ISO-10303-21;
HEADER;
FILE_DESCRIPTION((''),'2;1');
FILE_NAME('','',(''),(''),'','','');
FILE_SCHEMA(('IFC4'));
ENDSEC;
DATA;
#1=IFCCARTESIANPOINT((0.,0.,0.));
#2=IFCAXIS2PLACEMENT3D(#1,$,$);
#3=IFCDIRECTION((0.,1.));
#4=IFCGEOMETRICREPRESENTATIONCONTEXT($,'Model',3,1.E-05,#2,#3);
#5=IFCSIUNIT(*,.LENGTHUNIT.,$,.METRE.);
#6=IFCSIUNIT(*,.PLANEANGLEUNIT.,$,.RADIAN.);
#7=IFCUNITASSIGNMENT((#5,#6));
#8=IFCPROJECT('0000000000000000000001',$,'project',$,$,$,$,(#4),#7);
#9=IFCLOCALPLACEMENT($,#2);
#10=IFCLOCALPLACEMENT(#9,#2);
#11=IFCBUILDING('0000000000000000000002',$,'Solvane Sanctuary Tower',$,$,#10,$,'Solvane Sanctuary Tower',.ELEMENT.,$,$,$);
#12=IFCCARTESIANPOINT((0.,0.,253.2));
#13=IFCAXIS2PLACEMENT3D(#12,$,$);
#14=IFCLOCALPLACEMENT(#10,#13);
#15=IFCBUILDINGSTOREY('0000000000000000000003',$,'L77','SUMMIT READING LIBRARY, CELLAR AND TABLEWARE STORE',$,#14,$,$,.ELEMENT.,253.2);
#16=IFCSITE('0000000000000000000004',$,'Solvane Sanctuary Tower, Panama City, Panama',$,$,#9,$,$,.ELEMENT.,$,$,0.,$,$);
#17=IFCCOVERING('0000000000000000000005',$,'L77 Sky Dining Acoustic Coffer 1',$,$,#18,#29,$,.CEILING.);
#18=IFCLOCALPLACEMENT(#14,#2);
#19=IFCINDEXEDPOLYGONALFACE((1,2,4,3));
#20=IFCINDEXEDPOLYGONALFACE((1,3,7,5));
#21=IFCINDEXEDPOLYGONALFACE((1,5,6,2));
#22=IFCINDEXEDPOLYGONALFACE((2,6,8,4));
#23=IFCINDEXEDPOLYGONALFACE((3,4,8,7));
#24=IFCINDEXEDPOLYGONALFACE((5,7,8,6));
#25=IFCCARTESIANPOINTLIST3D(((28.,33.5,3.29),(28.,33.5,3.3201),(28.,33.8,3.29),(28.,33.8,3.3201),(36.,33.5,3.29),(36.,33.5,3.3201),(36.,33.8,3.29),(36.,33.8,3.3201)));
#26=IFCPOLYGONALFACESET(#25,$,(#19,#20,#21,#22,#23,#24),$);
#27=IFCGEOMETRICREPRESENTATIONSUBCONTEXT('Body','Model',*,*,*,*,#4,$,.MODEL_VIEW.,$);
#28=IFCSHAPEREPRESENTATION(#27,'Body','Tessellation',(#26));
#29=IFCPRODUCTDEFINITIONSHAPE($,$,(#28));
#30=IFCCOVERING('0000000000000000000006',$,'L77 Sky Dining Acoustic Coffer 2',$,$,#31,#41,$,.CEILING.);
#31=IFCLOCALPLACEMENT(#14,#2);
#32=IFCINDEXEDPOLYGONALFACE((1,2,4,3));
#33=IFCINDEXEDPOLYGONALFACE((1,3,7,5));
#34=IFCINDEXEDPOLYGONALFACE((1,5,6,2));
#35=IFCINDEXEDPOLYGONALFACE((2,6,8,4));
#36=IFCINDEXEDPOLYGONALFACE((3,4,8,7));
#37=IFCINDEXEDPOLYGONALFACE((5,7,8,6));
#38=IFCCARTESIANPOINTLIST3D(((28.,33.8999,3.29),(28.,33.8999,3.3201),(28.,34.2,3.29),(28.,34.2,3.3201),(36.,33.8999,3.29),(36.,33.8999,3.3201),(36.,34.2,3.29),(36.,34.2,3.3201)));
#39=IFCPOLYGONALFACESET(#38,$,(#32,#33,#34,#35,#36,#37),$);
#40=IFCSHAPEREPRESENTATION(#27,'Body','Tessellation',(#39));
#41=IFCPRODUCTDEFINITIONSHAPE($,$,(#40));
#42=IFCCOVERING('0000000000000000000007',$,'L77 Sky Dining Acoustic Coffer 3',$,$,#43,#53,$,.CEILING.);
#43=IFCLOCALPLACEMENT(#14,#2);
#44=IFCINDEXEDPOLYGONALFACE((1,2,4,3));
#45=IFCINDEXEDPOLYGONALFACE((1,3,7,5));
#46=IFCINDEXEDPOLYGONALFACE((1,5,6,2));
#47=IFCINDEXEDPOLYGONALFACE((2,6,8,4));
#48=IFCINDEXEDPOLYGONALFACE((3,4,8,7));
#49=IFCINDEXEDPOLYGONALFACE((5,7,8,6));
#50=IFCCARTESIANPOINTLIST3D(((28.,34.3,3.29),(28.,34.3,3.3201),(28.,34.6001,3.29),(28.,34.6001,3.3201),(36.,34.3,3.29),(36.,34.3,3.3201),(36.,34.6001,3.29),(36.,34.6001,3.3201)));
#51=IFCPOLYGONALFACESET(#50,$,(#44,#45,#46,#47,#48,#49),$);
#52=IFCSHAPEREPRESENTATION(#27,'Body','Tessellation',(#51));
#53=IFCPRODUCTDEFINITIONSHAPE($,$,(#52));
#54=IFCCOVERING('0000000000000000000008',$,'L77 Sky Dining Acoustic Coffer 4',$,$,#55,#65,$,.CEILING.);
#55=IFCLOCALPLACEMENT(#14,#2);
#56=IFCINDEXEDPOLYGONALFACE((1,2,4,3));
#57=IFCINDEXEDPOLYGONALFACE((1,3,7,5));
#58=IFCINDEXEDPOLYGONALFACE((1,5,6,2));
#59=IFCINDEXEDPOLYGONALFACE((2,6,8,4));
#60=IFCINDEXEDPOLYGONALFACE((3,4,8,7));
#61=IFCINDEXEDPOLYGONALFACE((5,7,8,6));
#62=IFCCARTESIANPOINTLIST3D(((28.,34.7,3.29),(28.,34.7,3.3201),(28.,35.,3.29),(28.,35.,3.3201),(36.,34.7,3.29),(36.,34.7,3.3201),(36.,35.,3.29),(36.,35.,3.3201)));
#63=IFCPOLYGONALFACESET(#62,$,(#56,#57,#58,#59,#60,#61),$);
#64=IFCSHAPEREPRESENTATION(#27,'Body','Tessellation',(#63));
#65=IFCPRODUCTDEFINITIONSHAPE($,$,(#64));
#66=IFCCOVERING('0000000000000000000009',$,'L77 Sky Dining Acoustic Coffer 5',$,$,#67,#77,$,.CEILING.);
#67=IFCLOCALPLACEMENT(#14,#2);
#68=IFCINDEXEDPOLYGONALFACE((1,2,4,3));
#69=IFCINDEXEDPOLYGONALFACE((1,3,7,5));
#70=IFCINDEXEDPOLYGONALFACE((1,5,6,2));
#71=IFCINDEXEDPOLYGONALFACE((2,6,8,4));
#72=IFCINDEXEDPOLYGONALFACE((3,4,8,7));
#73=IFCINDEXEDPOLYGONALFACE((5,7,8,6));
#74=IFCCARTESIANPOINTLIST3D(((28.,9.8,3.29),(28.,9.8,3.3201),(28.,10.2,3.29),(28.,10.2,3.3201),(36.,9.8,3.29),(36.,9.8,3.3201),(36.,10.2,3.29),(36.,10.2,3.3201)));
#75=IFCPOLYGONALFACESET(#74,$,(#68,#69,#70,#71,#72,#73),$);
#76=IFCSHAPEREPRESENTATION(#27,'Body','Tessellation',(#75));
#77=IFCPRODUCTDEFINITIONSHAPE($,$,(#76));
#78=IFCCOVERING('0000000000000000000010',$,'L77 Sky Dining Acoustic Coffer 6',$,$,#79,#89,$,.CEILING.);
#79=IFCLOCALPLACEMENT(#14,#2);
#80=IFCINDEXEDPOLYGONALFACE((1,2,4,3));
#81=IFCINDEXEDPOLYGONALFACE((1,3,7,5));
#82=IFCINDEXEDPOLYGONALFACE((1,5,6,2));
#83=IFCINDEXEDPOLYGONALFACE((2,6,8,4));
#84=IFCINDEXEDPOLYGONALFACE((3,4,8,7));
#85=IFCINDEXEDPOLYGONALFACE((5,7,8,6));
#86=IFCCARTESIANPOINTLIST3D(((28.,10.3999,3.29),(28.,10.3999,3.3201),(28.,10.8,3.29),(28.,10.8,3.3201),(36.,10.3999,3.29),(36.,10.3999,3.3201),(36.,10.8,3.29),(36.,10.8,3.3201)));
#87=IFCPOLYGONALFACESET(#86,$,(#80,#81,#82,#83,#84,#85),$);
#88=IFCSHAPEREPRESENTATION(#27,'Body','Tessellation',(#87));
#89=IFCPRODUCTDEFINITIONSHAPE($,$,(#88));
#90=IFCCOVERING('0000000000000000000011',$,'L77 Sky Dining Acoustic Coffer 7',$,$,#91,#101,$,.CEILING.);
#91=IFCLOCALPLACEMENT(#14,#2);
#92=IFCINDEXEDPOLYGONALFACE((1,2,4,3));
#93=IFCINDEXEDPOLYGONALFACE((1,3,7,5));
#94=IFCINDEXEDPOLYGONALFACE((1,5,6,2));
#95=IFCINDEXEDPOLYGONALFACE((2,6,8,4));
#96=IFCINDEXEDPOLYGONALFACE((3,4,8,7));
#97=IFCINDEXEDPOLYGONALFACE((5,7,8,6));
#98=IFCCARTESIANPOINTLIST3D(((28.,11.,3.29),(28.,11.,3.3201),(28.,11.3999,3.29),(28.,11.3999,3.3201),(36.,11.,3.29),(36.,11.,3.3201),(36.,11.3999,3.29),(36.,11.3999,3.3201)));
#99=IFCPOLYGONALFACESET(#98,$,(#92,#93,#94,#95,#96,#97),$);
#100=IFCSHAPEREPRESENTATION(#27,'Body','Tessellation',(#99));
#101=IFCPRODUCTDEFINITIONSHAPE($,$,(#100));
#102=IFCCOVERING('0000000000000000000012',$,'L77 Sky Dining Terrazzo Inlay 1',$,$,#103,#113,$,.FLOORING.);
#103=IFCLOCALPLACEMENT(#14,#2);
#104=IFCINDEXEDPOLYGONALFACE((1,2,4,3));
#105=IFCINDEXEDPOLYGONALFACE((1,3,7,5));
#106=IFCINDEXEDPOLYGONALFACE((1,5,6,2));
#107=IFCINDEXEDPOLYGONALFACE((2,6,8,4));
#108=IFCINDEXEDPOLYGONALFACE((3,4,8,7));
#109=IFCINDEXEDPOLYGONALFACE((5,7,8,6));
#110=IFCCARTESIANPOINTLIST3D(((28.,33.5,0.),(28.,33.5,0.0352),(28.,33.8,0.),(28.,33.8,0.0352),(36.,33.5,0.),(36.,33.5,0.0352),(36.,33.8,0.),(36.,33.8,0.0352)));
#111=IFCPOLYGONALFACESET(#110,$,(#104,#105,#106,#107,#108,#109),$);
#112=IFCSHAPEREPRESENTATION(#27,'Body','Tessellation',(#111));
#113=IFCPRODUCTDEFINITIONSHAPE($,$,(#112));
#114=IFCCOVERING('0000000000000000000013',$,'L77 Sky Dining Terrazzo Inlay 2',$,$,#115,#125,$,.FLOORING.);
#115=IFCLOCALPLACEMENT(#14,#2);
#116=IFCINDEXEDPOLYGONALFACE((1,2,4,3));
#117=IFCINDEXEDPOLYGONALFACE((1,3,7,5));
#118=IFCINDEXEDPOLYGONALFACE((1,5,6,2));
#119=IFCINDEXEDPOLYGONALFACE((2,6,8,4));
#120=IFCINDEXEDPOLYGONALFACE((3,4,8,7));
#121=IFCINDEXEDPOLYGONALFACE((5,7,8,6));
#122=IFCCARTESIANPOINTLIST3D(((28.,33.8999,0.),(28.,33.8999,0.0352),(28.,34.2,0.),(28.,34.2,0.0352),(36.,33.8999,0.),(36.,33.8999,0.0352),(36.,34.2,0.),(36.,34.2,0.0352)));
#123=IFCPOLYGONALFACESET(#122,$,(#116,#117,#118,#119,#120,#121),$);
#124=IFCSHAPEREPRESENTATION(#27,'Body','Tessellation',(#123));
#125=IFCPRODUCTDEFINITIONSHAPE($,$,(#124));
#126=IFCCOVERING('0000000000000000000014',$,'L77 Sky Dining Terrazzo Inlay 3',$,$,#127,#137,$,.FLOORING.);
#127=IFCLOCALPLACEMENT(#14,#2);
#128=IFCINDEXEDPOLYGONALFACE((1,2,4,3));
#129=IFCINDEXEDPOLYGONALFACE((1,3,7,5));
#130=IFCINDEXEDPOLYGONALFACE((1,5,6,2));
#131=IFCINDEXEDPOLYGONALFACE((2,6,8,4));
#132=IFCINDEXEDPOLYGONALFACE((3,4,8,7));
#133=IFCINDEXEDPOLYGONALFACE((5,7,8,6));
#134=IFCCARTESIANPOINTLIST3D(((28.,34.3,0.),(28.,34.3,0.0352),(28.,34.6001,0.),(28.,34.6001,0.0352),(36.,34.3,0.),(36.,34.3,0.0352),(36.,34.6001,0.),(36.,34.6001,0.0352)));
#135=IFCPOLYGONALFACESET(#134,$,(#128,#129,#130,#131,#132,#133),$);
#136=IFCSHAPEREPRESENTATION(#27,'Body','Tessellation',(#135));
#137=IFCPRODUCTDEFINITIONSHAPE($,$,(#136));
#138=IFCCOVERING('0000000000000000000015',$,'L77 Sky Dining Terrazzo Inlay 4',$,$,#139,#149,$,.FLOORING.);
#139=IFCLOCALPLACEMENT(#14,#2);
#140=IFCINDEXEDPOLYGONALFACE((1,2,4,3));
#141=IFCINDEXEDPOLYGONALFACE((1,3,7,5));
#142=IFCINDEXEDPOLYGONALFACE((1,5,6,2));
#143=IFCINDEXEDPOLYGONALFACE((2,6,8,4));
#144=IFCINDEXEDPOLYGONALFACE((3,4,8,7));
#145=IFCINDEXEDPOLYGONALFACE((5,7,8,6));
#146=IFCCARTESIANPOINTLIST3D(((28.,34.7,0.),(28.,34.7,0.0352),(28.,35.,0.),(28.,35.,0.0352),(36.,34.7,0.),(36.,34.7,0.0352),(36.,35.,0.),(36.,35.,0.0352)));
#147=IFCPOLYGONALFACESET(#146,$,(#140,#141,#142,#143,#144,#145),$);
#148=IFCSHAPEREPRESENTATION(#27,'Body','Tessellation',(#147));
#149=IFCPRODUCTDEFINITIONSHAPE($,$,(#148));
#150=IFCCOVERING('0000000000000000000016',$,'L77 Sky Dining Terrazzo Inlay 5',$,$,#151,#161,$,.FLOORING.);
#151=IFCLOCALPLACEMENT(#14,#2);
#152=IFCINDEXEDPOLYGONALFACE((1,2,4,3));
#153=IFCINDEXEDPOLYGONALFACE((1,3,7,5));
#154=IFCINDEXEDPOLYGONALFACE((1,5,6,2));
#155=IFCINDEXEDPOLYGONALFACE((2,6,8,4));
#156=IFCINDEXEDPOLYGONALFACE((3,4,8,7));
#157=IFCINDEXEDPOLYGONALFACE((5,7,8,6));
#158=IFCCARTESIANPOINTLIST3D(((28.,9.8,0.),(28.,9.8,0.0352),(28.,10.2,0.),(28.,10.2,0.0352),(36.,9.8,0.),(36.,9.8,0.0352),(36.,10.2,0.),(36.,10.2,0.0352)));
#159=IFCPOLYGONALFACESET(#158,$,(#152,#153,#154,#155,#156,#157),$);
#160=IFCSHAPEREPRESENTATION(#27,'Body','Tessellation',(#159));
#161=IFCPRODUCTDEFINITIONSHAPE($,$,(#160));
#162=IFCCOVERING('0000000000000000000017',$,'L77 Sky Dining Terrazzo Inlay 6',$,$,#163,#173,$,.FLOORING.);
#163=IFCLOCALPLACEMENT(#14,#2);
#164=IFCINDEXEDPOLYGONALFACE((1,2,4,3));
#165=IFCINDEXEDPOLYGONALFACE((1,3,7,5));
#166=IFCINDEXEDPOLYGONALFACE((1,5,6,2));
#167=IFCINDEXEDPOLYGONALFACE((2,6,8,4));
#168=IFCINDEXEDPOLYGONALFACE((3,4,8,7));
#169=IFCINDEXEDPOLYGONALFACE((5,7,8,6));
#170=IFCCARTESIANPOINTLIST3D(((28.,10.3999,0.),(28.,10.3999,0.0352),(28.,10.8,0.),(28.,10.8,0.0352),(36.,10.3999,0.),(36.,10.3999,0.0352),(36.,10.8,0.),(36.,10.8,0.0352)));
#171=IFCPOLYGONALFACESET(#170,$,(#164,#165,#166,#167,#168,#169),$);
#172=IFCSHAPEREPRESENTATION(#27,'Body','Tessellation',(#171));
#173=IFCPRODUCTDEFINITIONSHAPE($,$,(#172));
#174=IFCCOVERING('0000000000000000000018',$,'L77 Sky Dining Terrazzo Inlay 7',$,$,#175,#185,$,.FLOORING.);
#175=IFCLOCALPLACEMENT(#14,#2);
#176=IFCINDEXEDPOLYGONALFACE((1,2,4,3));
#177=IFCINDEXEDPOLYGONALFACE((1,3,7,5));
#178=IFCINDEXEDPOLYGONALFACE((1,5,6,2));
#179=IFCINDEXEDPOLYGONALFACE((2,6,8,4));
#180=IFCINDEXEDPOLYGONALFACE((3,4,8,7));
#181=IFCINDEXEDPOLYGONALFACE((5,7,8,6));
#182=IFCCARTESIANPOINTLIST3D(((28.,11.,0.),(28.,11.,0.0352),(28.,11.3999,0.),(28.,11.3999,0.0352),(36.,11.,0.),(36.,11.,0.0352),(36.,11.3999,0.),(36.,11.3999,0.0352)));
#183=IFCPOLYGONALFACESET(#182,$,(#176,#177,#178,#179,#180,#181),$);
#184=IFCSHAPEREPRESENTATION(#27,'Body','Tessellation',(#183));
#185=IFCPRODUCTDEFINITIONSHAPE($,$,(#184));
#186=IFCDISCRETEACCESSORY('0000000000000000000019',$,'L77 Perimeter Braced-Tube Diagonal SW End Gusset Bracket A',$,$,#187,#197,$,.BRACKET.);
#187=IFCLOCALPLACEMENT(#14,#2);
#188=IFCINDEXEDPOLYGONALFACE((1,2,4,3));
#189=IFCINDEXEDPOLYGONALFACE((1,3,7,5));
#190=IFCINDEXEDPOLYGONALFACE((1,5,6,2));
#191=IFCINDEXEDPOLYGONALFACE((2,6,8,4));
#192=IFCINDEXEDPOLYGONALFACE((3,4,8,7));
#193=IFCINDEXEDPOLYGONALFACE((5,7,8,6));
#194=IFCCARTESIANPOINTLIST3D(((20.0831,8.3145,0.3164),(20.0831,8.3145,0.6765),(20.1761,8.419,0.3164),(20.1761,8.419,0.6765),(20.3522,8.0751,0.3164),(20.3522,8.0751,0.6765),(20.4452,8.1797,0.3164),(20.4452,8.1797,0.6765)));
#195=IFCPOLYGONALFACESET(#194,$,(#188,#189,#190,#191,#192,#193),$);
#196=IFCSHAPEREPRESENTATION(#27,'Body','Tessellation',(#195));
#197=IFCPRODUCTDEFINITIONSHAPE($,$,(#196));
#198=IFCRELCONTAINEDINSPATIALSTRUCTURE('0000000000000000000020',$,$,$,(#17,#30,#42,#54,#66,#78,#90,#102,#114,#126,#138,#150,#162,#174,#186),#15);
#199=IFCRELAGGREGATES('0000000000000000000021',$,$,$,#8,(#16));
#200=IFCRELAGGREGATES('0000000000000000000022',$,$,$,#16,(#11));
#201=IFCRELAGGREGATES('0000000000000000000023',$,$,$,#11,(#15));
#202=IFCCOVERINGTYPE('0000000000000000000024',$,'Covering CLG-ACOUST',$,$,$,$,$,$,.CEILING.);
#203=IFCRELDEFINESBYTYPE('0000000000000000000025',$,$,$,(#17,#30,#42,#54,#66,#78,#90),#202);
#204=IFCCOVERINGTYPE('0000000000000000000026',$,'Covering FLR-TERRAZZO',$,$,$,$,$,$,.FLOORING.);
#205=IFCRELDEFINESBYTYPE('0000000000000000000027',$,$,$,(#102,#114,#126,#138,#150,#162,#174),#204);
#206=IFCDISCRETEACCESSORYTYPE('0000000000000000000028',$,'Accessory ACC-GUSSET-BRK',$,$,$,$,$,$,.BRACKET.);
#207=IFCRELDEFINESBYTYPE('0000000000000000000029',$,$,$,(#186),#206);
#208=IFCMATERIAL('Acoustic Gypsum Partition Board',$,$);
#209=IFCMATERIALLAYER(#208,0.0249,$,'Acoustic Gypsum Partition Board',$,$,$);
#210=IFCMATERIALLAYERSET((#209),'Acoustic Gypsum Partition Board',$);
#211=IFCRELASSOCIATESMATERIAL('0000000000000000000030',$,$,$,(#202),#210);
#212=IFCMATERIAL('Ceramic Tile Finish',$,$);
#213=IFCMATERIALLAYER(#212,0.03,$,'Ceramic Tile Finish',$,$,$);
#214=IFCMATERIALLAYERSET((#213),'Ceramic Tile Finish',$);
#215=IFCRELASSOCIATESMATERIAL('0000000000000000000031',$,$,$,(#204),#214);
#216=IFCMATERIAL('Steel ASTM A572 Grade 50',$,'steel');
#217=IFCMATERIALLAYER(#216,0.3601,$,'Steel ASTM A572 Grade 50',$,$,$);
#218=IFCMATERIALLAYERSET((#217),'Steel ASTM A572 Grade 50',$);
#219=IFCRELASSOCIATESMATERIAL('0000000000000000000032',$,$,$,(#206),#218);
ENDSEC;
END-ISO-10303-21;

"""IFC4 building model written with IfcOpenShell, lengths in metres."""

from ifc_helpers import new_model, si_unit, direction, frame, origin, origin_2d, place, context, subcontext, project, spatial, polyline, rectangle, outline, extrude, material, layer, layer_set, type_object, element, save


model = new_model("IFC4")

# Units and contexts
model_context = context("Model", 3, precision=1e-05, world=origin(), true_north=direction((0.0, 1.0)))
body_context = subcontext(model_context, "Body", "Model", "MODEL_VIEW")
ifc_project = project(units=[si_unit("LENGTHUNIT", "METRE"), si_unit("PLANEANGLEUNIT", "RADIAN")], contexts=[model_context])

# Site, building, storey
site_placement = place(None, origin())
site = spatial("IfcSite", under=ifc_project, at=site_placement, Name="Solvane Sanctuary Tower, Panama City, Panama", CompositionType="ELEMENT", RefElevation=0.0)
building_placement = place(site_placement, origin())
building = spatial("IfcBuilding", under=site, at=building_placement, Name="Solvane Sanctuary Tower", LongName="Solvane Sanctuary Tower", CompositionType="ELEMENT")
storey_placement = place(building_placement, frame((0.0, 0.0, 253.2)))
storey = spatial("IfcBuildingStorey", under=building, at=storey_placement, Name="L77", Description="SUMMIT READING LIBRARY, CELLAR AND TABLEWARE STORE", CompositionType="ELEMENT", Elevation=253.2)

# Coverings
ifc_material_1 = material(Name="Acoustic Gypsum Partition Board")
ifc_layer_1 = layer(ifc_material_1, 0.0249, Name="Acoustic Gypsum Partition Board")
ifc_layer_set_1 = layer_set([ifc_layer_1], Name="Acoustic Gypsum Partition Board")
covering_type_1 = type_object("IfcCoveringType", Name="Covering CLG-ACOUST", PredefinedType="CEILING", material=ifc_layer_set_1)
covering_1_placement = place(storey_placement, frame((0.0, 0.0, 3.29)))
element("IfcCovering", 1, at=covering_1_placement, inside=storey, type_object=covering_type_1, Name="L77 Sky Dining Acoustic Coffer 1", PredefinedType="CEILING", context=body_context, shape_type="SweptSolid", body=[
    extrude(outline(polyline([(28.0, 33.5), (36.0, 33.5), (36.0, 33.8), (28.0, 33.8), (28.0, 33.5)])), origin(), (0.0, 0.0, 1.0), 0.03),
])
covering_2_placement = place(storey_placement, frame((0.0, 0.0, 3.29)))
element("IfcCovering", 2, at=covering_2_placement, inside=storey, type_object=covering_type_1, Name="L77 Sky Dining Acoustic Coffer 2", PredefinedType="CEILING", context=body_context, shape_type="SweptSolid", body=[
    extrude(outline(polyline([(28.0, 33.8999), (36.0, 33.8999), (36.0, 34.2), (28.0, 34.2), (28.0, 33.8999)])), origin(), (0.0, 0.0, 1.0), 0.03),
])
covering_3_placement = place(storey_placement, frame((0.0, 0.0, 3.29)))
element("IfcCovering", 3, at=covering_3_placement, inside=storey, type_object=covering_type_1, Name="L77 Sky Dining Acoustic Coffer 3", PredefinedType="CEILING", context=body_context, shape_type="SweptSolid", body=[
    extrude(outline(polyline([(28.0, 34.3), (36.0, 34.3), (36.0, 34.6001), (28.0, 34.6001), (28.0, 34.3)])), origin(), (0.0, 0.0, 1.0), 0.03),
])
covering_4_placement = place(storey_placement, frame((0.0, 0.0, 3.29)))
element("IfcCovering", 4, at=covering_4_placement, inside=storey, type_object=covering_type_1, Name="L77 Sky Dining Acoustic Coffer 4", PredefinedType="CEILING", context=body_context, shape_type="SweptSolid", body=[
    extrude(outline(polyline([(28.0, 34.7), (36.0, 34.7), (36.0, 35.0), (28.0, 35.0), (28.0, 34.7)])), origin(), (0.0, 0.0, 1.0), 0.03),
])
covering_5_placement = place(storey_placement, frame((0.0, 0.0, 3.29)))
element("IfcCovering", 5, at=covering_5_placement, inside=storey, type_object=covering_type_1, Name="L77 Sky Dining Acoustic Coffer 5", PredefinedType="CEILING", context=body_context, shape_type="SweptSolid", body=[
    extrude(outline(polyline([(28.0, 9.8), (36.0, 9.8), (36.0, 10.2), (28.0, 10.2), (28.0, 9.8)])), origin(), (0.0, 0.0, 1.0), 0.03),
])
covering_6_placement = place(storey_placement, frame((0.0, 0.0, 3.29)))
element("IfcCovering", 6, at=covering_6_placement, inside=storey, type_object=covering_type_1, Name="L77 Sky Dining Acoustic Coffer 6", PredefinedType="CEILING", context=body_context, shape_type="SweptSolid", body=[
    extrude(outline(polyline([(28.0, 10.3999), (36.0, 10.3999), (36.0, 10.8), (28.0, 10.8), (28.0, 10.3999)])), origin(), (0.0, 0.0, 1.0), 0.03),
])
covering_7_placement = place(storey_placement, frame((0.0, 0.0, 3.29)))
element("IfcCovering", 7, at=covering_7_placement, inside=storey, type_object=covering_type_1, Name="L77 Sky Dining Acoustic Coffer 7", PredefinedType="CEILING", context=body_context, shape_type="SweptSolid", body=[
    extrude(outline(polyline([(28.0, 11.0), (36.0, 11.0), (36.0, 11.3999), (28.0, 11.3999), (28.0, 11.0)])), origin(), (0.0, 0.0, 1.0), 0.03),
])
ifc_material_2 = material(Name="Ceramic Tile Finish")
ifc_layer_2 = layer(ifc_material_2, 0.03, Name="Ceramic Tile Finish")
ifc_layer_set_2 = layer_set([ifc_layer_2], Name="Ceramic Tile Finish")
covering_type_2 = type_object("IfcCoveringType", Name="Covering FLR-TERRAZZO", PredefinedType="FLOORING", material=ifc_layer_set_2)
covering_8_placement = place(storey_placement, origin())
element("IfcCovering", 8, at=covering_8_placement, inside=storey, type_object=covering_type_2, Name="L77 Sky Dining Terrazzo Inlay 1", PredefinedType="FLOORING", context=body_context, shape_type="SweptSolid", body=[
    extrude(outline(polyline([(28.0, 33.5), (36.0, 33.5), (36.0, 33.8), (28.0, 33.8), (28.0, 33.5)])), origin(), (0.0, 0.0, 1.0), 0.0352),
])
covering_9_placement = place(storey_placement, origin())
element("IfcCovering", 9, at=covering_9_placement, inside=storey, type_object=covering_type_2, Name="L77 Sky Dining Terrazzo Inlay 2", PredefinedType="FLOORING", context=body_context, shape_type="SweptSolid", body=[
    extrude(outline(polyline([(28.0, 33.8999), (36.0, 33.8999), (36.0, 34.2), (28.0, 34.2), (28.0, 33.8999)])), origin(), (0.0, 0.0, 1.0), 0.0352),
])
covering_10_placement = place(storey_placement, origin())
element("IfcCovering", 10, at=covering_10_placement, inside=storey, type_object=covering_type_2, Name="L77 Sky Dining Terrazzo Inlay 3", PredefinedType="FLOORING", context=body_context, shape_type="SweptSolid", body=[
    extrude(outline(polyline([(28.0, 34.3), (36.0, 34.3), (36.0, 34.6001), (28.0, 34.6001), (28.0, 34.3)])), origin(), (0.0, 0.0, 1.0), 0.0352),
])
covering_11_placement = place(storey_placement, origin())
element("IfcCovering", 11, at=covering_11_placement, inside=storey, type_object=covering_type_2, Name="L77 Sky Dining Terrazzo Inlay 4", PredefinedType="FLOORING", context=body_context, shape_type="SweptSolid", body=[
    extrude(outline(polyline([(28.0, 34.7), (36.0, 34.7), (36.0, 35.0), (28.0, 35.0), (28.0, 34.7)])), origin(), (0.0, 0.0, 1.0), 0.0352),
])
covering_12_placement = place(storey_placement, origin())
element("IfcCovering", 12, at=covering_12_placement, inside=storey, type_object=covering_type_2, Name="L77 Sky Dining Terrazzo Inlay 5", PredefinedType="FLOORING", context=body_context, shape_type="SweptSolid", body=[
    extrude(outline(polyline([(28.0, 9.8), (36.0, 9.8), (36.0, 10.2), (28.0, 10.2), (28.0, 9.8)])), origin(), (0.0, 0.0, 1.0), 0.0352),
])
covering_13_placement = place(storey_placement, origin())
element("IfcCovering", 13, at=covering_13_placement, inside=storey, type_object=covering_type_2, Name="L77 Sky Dining Terrazzo Inlay 6", PredefinedType="FLOORING", context=body_context, shape_type="SweptSolid", body=[
    extrude(outline(polyline([(28.0, 10.3999), (36.0, 10.3999), (36.0, 10.8), (28.0, 10.8), (28.0, 10.3999)])), origin(), (0.0, 0.0, 1.0), 0.0352),
])
covering_14_placement = place(storey_placement, origin())
element("IfcCovering", 14, at=covering_14_placement, inside=storey, type_object=covering_type_2, Name="L77 Sky Dining Terrazzo Inlay 7", PredefinedType="FLOORING", context=body_context, shape_type="SweptSolid", body=[
    extrude(outline(polyline([(28.0, 11.0), (36.0, 11.0), (36.0, 11.3999), (28.0, 11.3999), (28.0, 11.0)])), origin(), (0.0, 0.0, 1.0), 0.0352),
])

# Discrete accessory
ifc_material_3 = material(Name="Steel ASTM A572 Grade 50", Category="steel")
ifc_layer_3 = layer(ifc_material_3, 0.3601, Name="Steel ASTM A572 Grade 50")
ifc_layer_set_3 = layer_set([ifc_layer_3], Name="Steel ASTM A572 Grade 50")
discrete_accessory_type = type_object("IfcDiscreteAccessoryType", Name="Accessory ACC-GUSSET-BRK", PredefinedType="BRACKET", material=ifc_layer_set_3)
discrete_accessory_placement = place(storey_placement, frame((20.2642, 8.2471, 0.3164), z_axis=(0.0, 0.0, 1.0), x_axis=(-0.747218, 0.664579, 0.0)))
element("IfcDiscreteAccessory", 15, at=discrete_accessory_placement, inside=storey, type_object=discrete_accessory_type, Name="L77 Perimeter Braced-Tube Diagonal SW End Gusset Bracket A", PredefinedType="BRACKET", context=body_context, shape_type="SweptSolid", body=[
    extrude(rectangle(XDim=0.3601, YDim=0.1399, at=origin_2d()), origin(), (0.0, 0.0, 1.0), 0.3601),
])

save(model, "model.ifc")
